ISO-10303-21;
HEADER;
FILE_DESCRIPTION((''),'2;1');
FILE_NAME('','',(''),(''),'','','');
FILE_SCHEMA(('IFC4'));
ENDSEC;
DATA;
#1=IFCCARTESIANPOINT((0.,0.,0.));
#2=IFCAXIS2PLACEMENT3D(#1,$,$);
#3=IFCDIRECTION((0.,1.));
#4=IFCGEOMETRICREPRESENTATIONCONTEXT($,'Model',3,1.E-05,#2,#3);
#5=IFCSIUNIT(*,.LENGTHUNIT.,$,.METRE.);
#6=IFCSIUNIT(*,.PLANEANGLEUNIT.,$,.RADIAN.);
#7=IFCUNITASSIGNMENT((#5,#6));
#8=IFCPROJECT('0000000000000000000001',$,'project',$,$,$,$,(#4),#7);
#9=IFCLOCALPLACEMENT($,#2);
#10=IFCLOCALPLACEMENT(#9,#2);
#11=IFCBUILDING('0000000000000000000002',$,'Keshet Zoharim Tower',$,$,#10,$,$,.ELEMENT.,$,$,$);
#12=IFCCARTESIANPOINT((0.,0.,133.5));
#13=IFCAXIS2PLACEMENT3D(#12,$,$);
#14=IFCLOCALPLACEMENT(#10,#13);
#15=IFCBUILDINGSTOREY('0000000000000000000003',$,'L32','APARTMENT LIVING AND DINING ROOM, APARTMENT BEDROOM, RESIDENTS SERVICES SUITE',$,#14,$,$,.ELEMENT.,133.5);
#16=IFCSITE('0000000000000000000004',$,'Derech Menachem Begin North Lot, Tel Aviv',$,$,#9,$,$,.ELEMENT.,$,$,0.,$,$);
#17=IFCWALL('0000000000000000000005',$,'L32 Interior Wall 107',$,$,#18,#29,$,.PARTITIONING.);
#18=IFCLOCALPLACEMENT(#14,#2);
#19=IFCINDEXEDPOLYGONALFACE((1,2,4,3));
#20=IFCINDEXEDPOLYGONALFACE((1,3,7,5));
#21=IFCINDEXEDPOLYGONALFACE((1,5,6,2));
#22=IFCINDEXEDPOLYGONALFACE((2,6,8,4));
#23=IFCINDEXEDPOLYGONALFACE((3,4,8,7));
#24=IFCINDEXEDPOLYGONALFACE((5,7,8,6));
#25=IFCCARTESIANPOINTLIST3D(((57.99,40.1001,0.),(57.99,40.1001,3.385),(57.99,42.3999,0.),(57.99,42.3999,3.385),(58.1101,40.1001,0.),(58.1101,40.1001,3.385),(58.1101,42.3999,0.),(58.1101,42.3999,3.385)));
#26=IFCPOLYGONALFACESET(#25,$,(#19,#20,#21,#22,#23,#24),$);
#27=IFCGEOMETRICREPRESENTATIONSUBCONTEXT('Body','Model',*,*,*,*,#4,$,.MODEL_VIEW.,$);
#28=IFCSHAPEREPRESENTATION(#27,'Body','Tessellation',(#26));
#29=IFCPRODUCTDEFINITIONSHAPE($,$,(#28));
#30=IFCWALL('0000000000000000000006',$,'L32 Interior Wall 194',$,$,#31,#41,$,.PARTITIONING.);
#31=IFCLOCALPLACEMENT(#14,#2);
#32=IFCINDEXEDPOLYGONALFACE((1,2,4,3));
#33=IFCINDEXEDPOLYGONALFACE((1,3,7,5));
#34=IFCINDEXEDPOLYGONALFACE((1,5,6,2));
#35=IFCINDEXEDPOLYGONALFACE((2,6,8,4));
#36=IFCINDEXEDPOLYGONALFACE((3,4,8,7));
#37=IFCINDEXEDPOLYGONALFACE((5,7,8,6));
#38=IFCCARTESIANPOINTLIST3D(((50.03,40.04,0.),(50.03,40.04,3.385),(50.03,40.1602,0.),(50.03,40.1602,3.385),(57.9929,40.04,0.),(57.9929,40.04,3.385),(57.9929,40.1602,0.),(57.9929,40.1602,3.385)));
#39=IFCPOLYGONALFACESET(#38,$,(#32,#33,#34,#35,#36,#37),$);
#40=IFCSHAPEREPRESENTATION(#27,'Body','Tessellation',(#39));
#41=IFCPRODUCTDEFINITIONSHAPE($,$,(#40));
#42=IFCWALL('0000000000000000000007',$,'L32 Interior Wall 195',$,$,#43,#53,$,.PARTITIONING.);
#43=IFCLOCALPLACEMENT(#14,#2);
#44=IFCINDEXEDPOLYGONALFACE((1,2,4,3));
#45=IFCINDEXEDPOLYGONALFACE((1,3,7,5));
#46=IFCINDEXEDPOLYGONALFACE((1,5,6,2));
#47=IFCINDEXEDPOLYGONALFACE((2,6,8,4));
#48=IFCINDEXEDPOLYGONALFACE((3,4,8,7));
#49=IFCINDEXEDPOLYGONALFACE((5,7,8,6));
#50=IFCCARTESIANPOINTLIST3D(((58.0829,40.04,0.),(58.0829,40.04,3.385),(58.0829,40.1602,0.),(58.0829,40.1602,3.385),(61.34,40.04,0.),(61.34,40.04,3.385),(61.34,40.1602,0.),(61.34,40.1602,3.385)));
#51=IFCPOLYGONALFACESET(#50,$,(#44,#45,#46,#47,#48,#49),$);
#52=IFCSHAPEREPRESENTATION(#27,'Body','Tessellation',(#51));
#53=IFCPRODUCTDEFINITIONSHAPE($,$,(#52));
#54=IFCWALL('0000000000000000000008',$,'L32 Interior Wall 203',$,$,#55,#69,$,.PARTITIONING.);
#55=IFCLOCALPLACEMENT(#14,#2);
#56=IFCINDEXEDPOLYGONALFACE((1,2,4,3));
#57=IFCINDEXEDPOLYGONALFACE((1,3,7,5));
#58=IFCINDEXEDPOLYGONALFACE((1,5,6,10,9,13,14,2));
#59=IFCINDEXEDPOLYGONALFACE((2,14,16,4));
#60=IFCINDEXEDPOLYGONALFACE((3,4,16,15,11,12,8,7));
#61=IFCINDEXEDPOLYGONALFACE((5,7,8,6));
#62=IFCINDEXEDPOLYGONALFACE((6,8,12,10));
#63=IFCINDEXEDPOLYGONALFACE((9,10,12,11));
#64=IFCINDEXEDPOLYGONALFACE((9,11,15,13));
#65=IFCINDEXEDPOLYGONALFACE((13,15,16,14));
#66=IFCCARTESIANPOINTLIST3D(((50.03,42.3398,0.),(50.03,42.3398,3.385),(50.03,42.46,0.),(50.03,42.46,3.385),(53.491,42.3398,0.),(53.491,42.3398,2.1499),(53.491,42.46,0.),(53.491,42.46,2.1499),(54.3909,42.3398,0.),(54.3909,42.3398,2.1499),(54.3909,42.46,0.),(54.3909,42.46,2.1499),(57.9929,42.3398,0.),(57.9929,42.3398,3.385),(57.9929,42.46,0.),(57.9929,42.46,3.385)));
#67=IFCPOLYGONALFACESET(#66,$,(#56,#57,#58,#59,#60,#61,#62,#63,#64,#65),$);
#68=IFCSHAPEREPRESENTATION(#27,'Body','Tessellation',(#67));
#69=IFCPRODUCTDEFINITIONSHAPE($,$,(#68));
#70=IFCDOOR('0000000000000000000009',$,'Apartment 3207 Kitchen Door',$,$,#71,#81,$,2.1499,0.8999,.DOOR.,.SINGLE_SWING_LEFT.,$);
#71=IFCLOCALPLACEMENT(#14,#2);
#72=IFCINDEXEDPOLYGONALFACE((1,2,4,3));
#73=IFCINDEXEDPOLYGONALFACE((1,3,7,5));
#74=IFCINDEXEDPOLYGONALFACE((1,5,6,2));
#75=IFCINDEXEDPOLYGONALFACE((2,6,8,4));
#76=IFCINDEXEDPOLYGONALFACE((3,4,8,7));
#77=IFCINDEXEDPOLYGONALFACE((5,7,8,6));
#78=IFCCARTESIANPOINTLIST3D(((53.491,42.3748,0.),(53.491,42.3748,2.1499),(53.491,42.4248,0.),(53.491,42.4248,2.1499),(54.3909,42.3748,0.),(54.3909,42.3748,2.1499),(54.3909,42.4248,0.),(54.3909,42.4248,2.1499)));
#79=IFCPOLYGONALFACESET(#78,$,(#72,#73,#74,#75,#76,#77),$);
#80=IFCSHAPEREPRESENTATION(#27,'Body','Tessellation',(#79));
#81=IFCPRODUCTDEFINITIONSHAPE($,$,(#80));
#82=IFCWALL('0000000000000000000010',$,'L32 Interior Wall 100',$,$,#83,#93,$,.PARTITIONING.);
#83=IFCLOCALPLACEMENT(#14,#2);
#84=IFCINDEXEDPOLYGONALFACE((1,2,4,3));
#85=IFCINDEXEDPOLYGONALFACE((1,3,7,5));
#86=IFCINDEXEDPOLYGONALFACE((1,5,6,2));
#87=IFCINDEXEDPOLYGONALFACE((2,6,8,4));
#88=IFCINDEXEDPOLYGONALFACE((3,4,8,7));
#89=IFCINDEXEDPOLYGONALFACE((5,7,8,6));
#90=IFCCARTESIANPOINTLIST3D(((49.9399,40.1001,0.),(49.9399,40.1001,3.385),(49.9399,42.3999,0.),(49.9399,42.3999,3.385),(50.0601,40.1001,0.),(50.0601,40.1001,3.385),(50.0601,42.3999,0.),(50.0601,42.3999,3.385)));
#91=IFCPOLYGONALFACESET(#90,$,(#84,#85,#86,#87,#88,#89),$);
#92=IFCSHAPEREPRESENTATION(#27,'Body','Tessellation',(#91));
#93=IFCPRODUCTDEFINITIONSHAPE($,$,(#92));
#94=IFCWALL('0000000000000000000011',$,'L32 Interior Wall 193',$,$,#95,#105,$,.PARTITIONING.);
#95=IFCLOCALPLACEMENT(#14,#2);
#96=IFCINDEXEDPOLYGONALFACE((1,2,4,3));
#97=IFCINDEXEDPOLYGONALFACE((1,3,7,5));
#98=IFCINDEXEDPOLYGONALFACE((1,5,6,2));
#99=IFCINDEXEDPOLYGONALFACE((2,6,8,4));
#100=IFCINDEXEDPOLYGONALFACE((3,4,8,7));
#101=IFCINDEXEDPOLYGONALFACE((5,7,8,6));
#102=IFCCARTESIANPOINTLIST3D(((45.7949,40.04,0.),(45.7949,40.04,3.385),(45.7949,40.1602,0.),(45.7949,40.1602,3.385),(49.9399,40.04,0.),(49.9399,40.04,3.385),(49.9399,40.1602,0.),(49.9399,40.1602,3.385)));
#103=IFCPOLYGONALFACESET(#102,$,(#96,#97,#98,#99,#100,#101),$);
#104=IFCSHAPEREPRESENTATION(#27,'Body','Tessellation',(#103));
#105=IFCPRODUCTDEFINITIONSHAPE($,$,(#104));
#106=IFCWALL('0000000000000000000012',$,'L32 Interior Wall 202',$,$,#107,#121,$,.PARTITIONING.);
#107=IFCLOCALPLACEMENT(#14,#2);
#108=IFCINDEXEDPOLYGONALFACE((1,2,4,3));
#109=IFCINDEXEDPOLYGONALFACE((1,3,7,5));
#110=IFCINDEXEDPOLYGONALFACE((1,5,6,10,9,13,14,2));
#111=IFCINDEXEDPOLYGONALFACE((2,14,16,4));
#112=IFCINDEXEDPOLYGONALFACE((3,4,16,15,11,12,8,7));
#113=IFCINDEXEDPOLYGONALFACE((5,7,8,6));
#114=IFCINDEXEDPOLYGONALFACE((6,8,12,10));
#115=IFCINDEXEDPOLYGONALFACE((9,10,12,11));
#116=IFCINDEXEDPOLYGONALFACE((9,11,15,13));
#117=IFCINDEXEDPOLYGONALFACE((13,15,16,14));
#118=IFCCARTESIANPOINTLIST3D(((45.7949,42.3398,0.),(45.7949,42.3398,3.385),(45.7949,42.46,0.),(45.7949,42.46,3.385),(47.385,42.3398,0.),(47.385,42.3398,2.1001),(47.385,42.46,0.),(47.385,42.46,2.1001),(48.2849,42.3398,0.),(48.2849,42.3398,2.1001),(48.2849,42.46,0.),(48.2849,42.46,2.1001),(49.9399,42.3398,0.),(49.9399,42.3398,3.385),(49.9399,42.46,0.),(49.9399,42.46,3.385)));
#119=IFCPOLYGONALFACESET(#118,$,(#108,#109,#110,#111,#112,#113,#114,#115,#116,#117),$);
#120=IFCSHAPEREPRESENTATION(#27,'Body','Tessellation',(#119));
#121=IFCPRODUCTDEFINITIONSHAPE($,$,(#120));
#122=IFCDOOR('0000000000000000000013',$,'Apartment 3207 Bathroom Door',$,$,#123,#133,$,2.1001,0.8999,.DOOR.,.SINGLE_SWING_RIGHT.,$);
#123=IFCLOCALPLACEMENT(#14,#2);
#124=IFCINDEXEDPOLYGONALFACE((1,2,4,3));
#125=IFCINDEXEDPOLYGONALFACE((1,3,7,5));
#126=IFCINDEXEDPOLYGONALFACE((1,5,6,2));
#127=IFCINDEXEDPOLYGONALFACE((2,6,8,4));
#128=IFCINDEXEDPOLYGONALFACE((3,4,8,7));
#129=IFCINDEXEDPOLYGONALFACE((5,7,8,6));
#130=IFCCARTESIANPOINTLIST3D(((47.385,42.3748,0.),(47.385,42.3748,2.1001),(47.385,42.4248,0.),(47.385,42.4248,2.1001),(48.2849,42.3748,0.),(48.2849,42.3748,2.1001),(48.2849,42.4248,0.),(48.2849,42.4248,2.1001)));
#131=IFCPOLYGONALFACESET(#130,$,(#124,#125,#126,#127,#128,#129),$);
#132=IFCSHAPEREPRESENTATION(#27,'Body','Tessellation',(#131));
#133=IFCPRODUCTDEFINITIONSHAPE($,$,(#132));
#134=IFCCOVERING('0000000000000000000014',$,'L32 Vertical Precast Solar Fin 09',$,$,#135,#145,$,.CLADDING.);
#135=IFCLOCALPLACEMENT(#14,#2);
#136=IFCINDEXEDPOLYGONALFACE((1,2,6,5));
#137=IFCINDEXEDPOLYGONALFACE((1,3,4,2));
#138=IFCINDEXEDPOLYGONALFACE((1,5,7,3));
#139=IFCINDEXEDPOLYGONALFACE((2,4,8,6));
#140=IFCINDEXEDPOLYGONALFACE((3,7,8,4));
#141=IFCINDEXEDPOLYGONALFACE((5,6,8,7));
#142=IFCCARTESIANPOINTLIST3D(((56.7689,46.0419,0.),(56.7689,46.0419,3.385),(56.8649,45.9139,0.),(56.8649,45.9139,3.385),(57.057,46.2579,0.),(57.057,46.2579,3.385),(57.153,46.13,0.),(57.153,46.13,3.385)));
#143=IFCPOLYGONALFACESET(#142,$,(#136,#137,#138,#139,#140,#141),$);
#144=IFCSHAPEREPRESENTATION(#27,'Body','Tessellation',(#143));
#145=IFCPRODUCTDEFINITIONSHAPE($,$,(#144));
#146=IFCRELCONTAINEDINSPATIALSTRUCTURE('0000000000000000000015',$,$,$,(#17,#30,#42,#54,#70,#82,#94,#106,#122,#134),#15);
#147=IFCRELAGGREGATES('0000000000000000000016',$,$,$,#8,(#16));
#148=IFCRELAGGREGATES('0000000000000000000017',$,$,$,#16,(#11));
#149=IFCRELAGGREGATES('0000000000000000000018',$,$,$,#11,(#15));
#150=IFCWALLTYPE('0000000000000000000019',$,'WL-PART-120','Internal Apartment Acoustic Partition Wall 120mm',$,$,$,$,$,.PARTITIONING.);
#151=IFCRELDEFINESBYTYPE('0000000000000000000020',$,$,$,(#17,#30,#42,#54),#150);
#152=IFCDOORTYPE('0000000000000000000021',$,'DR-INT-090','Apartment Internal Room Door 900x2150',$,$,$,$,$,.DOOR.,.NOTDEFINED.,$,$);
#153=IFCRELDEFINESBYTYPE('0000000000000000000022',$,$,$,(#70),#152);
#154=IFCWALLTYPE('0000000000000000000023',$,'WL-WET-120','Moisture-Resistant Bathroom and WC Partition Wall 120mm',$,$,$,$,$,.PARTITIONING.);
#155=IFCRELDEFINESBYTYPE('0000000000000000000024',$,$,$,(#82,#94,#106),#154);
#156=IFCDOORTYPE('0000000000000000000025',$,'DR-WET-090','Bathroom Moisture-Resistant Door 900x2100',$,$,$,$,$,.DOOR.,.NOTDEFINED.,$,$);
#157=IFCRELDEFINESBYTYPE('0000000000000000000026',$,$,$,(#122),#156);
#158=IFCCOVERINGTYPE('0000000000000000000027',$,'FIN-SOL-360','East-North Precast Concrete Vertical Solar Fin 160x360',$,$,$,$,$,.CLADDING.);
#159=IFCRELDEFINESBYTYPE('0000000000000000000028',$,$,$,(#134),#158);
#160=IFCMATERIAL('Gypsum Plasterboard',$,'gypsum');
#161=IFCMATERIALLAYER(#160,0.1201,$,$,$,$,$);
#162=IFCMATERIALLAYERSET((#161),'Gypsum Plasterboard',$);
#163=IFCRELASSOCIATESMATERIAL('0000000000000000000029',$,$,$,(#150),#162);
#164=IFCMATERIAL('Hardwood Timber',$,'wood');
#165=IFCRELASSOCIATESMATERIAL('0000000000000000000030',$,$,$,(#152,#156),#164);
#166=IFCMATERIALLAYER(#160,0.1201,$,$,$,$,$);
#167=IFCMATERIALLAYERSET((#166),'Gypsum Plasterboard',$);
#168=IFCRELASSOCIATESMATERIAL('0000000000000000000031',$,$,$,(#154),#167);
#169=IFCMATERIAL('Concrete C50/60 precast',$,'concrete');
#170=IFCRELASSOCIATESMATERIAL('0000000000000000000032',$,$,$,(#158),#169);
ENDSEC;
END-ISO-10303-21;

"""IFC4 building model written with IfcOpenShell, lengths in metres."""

from ifc_helpers import new_model, si_unit, direction, frame, frame_2d, origin, origin_2d, place, context, subcontext, project, spatial, rectangle, extrude, material, layer, layer_set, type_object, element, fill, save


model = new_model("IFC4")

# Units and contexts
model_context = context("Model", 3, precision=1e-05, world=origin(), true_north=direction((0.0, 1.0)))
body_context = subcontext(model_context, "Body", "Model", "MODEL_VIEW")
ifc_project = project(units=[si_unit("LENGTHUNIT", "METRE"), si_unit("PLANEANGLEUNIT", "RADIAN")], contexts=[model_context])

# Site, building, storey
site_placement = place(None, origin())
site = spatial("IfcSite", under=ifc_project, at=site_placement, Name="Derech Menachem Begin North Lot, Tel Aviv", CompositionType="ELEMENT", RefElevation=0.0)
building_placement = place(site_placement, origin())
building = spatial("IfcBuilding", under=site, at=building_placement, Name="Keshet Zoharim Tower", CompositionType="ELEMENT")
storey_placement = place(building_placement, frame((0.0, 0.0, 133.5)))
storey = spatial("IfcBuildingStorey", under=building, at=storey_placement, Name="L32", Description="APARTMENT LIVING AND DINING ROOM, APARTMENT BEDROOM, RESIDENTS SERVICES SUITE", CompositionType="ELEMENT", Elevation=133.5)

# Walls
ifc_material_1 = material(Name="Gypsum Plasterboard", Category="gypsum")
ifc_layer_1 = layer(ifc_material_1, 0.1201)
ifc_layer_set_1 = layer_set([ifc_layer_1], Name="Gypsum Plasterboard")
wall_type_1 = type_object("IfcWallType", Name="WL-PART-120", Description="Internal Apartment Acoustic Partition Wall 120mm", PredefinedType="PARTITIONING", material=ifc_layer_set_1)
wall_1_placement = place(storey_placement, frame((58.05, 40.1001, 0.0), z_axis=(0.0, 0.0, 1.0), x_axis=(0.0, 1.0, 0.0)))
element("IfcWall", 1, at=wall_1_placement, inside=storey, type_object=wall_type_1, Name="L32 Interior Wall 107", PredefinedType="PARTITIONING", context=body_context, shape_type="SweptSolid", body=[
    extrude(rectangle(XDim=2.2998, YDim=0.1201, at=frame_2d((1.1499, 0.0))), origin(), (0.0, 0.0, 1.0), 3.385),
])
wall_2_placement = place(storey_placement, frame((50.03, 40.1001, 0.0), z_axis=(0.0, 0.0, 1.0), x_axis=(1.0, 0.0, 0.0)))
element("IfcWall", 2, at=wall_2_placement, inside=storey, type_object=wall_type_1, Name="L32 Interior Wall 194", PredefinedType="PARTITIONING", context=body_context, shape_type="SweptSolid", body=[
    extrude(rectangle(XDim=7.9629, YDim=0.1201, at=frame_2d((3.9814, 0.0))), origin(), (0.0, 0.0, 1.0), 3.385),
])
wall_3_placement = place(storey_placement, frame((58.083, 40.1001, 0.0), z_axis=(0.0, 0.0, 1.0), x_axis=(1.0, 0.0, 0.0)))
element("IfcWall", 3, at=wall_3_placement, inside=storey, type_object=wall_type_1, Name="L32 Interior Wall 195", PredefinedType="PARTITIONING", context=body_context, shape_type="SweptSolid", body=[
    extrude(rectangle(XDim=3.2571, YDim=0.1201, at=frame_2d((1.6284, 0.0))), origin(), (0.0, 0.0, 1.0), 3.385),
])

# Wall, opening, door
wall_4_placement = place(storey_placement, frame((50.03, 42.3999, 0.0), z_axis=(0.0, 0.0, 1.0), x_axis=(1.0, 0.0, 0.0)))
wall_4 = element("IfcWall", 4, at=wall_4_placement, inside=storey, type_object=wall_type_1, Name="L32 Interior Wall 203", PredefinedType="PARTITIONING", context=body_context, shape_type="SweptSolid", body=[
    extrude(rectangle(XDim=7.9629, YDim=0.1201, at=frame_2d((3.9814, 0.0))), origin(), (0.0, 0.0, 1.0), 3.385),
])
opening_1_placement = place(wall_4_placement, frame((3.4609, 0.0, 0.0)))
opening_1 = element("IfcOpeningElement", 5, at=opening_1_placement, cuts=wall_4, PredefinedType="OPENING", context=body_context, shape_type="SweptSolid", body=[
    extrude(rectangle(XDim=0.8999, YDim=2.1499, at=frame_2d((0.45, 1.075))), frame((0.0, 0.0701, 0.0), z_axis=(0.0, -1.0, 0.0), x_axis=(1.0, 0.0, 0.0)), (0.0, 0.0, 1.0), 0.1401),
])
ifc_material_2 = material(Name="Hardwood Timber", Category="wood")
door_type_1 = type_object("IfcDoorType", Name="DR-INT-090", Description="Apartment Internal Room Door 900x2150", OperationType="NOTDEFINED", PredefinedType="DOOR", material=ifc_material_2)
door_1_placement = place(opening_1_placement, origin())
door_1 = element("IfcDoor", 6, at=door_1_placement, inside=storey, type_object=door_type_1, Name="Apartment 3207 Kitchen Door", OperationType="SINGLE_SWING_LEFT", OverallHeight=2.1499, OverallWidth=0.8999, PredefinedType="DOOR", context=body_context, shape_type="SweptSolid", body=[
    extrude(rectangle(XDim=0.8999, YDim=2.1499, at=frame_2d((0.45, 1.075))), frame((0.0, 0.0249, 0.0), z_axis=(0.0, -1.0, 0.0), x_axis=(1.0, 0.0, 0.0)), (0.0, 0.0, 1.0), 0.05),
])
fill(opening_1, door_1)

# Walls
ifc_layer_2 = layer(ifc_material_1, 0.1201)
ifc_layer_set_2 = layer_set([ifc_layer_2], Name="Gypsum Plasterboard")
wall_type_2 = type_object("IfcWallType", Name="WL-WET-120", Description="Moisture-Resistant Bathroom and WC Partition Wall 120mm", PredefinedType="PARTITIONING", material=ifc_layer_set_2)
wall_5_placement = place(storey_placement, frame((50.0, 40.1001, 0.0), z_axis=(0.0, 0.0, 1.0), x_axis=(0.0, 1.0, 0.0)))
element("IfcWall", 7, at=wall_5_placement, inside=storey, type_object=wall_type_2, Name="L32 Interior Wall 100", PredefinedType="PARTITIONING", context=body_context, shape_type="SweptSolid", body=[
    extrude(rectangle(XDim=2.2998, YDim=0.1201, at=frame_2d((1.1499, 0.0))), origin(), (0.0, 0.0, 1.0), 3.385),
])
wall_6_placement = place(storey_placement, frame((45.7949, 40.1001, 0.0), z_axis=(0.0, 0.0, 1.0), x_axis=(1.0, 0.0, 0.0)))
element("IfcWall", 8, at=wall_6_placement, inside=storey, type_object=wall_type_2, Name="L32 Interior Wall 193", PredefinedType="PARTITIONING", context=body_context, shape_type="SweptSolid", body=[
    extrude(rectangle(XDim=4.145, YDim=0.1201, at=frame_2d((2.0725, 0.0))), origin(), (0.0, 0.0, 1.0), 3.385),
])

# Wall, opening, door
wall_7_placement = place(storey_placement, frame((45.7949, 42.3999, 0.0), z_axis=(0.0, 0.0, 1.0), x_axis=(1.0, 0.0, 0.0)))
wall_7 = element("IfcWall", 9, at=wall_7_placement, inside=storey, type_object=wall_type_2, Name="L32 Interior Wall 202", PredefinedType="PARTITIONING", context=body_context, shape_type="SweptSolid", body=[
    extrude(rectangle(XDim=4.145, YDim=0.1201, at=frame_2d((2.0725, 0.0))), origin(), (0.0, 0.0, 1.0), 3.385),
])
opening_2_placement = place(wall_7_placement, frame((1.5901, 0.0, 0.0)))
opening_2 = element("IfcOpeningElement", 10, at=opening_2_placement, cuts=wall_7, PredefinedType="OPENING", context=body_context, shape_type="SweptSolid", body=[
    extrude(rectangle(XDim=0.8999, YDim=2.1001, at=frame_2d((0.45, 1.05))), frame((0.0, 0.0701, 0.0), z_axis=(0.0, -1.0, 0.0), x_axis=(1.0, 0.0, 0.0)), (0.0, 0.0, 1.0), 0.1401),
])
door_type_2 = type_object("IfcDoorType", Name="DR-WET-090", Description="Bathroom Moisture-Resistant Door 900x2100", OperationType="NOTDEFINED", PredefinedType="DOOR", material=ifc_material_2)
door_2_placement = place(opening_2_placement, origin())
door_2 = element("IfcDoor", 11, at=door_2_placement, inside=storey, type_object=door_type_2, Name="Apartment 3207 Bathroom Door", OperationType="SINGLE_SWING_RIGHT", OverallHeight=2.1001, OverallWidth=0.8999, PredefinedType="DOOR", context=body_context, shape_type="SweptSolid", body=[
    extrude(rectangle(XDim=0.8999, YDim=2.1001, at=frame_2d((0.45, 1.05))), frame((0.0, 0.0249, 0.0), z_axis=(0.0, -1.0, 0.0), x_axis=(1.0, 0.0, 0.0)), (0.0, 0.0, 1.0), 0.05),
])
fill(opening_2, door_2)

# Covering
ifc_material_3 = material(Name="Concrete C50/60 precast", Category="concrete")
covering_type = type_object("IfcCoveringType", Name="FIN-SOL-360", Description="East-North Precast Concrete Vertical Solar Fin 160x360", PredefinedType="CLADDING", material=ifc_material_3)
covering_placement = place(storey_placement, frame((56.9609, 46.0859, 0.0), z_axis=(0.0, 0.0, 1.0), x_axis=(0.6, -0.8, 0.0)))
element("IfcCovering", 12, at=covering_placement, inside=storey, type_object=covering_type, Name="L32 Vertical Precast Solar Fin 09", PredefinedType="CLADDING", context=body_context, shape_type="SweptSolid", body=[
    extrude(rectangle(XDim=0.1599, YDim=0.3601, at=origin_2d()), origin(), (0.0, 0.0, 1.0), 3.385),
])

save(model, "model.ifc")
